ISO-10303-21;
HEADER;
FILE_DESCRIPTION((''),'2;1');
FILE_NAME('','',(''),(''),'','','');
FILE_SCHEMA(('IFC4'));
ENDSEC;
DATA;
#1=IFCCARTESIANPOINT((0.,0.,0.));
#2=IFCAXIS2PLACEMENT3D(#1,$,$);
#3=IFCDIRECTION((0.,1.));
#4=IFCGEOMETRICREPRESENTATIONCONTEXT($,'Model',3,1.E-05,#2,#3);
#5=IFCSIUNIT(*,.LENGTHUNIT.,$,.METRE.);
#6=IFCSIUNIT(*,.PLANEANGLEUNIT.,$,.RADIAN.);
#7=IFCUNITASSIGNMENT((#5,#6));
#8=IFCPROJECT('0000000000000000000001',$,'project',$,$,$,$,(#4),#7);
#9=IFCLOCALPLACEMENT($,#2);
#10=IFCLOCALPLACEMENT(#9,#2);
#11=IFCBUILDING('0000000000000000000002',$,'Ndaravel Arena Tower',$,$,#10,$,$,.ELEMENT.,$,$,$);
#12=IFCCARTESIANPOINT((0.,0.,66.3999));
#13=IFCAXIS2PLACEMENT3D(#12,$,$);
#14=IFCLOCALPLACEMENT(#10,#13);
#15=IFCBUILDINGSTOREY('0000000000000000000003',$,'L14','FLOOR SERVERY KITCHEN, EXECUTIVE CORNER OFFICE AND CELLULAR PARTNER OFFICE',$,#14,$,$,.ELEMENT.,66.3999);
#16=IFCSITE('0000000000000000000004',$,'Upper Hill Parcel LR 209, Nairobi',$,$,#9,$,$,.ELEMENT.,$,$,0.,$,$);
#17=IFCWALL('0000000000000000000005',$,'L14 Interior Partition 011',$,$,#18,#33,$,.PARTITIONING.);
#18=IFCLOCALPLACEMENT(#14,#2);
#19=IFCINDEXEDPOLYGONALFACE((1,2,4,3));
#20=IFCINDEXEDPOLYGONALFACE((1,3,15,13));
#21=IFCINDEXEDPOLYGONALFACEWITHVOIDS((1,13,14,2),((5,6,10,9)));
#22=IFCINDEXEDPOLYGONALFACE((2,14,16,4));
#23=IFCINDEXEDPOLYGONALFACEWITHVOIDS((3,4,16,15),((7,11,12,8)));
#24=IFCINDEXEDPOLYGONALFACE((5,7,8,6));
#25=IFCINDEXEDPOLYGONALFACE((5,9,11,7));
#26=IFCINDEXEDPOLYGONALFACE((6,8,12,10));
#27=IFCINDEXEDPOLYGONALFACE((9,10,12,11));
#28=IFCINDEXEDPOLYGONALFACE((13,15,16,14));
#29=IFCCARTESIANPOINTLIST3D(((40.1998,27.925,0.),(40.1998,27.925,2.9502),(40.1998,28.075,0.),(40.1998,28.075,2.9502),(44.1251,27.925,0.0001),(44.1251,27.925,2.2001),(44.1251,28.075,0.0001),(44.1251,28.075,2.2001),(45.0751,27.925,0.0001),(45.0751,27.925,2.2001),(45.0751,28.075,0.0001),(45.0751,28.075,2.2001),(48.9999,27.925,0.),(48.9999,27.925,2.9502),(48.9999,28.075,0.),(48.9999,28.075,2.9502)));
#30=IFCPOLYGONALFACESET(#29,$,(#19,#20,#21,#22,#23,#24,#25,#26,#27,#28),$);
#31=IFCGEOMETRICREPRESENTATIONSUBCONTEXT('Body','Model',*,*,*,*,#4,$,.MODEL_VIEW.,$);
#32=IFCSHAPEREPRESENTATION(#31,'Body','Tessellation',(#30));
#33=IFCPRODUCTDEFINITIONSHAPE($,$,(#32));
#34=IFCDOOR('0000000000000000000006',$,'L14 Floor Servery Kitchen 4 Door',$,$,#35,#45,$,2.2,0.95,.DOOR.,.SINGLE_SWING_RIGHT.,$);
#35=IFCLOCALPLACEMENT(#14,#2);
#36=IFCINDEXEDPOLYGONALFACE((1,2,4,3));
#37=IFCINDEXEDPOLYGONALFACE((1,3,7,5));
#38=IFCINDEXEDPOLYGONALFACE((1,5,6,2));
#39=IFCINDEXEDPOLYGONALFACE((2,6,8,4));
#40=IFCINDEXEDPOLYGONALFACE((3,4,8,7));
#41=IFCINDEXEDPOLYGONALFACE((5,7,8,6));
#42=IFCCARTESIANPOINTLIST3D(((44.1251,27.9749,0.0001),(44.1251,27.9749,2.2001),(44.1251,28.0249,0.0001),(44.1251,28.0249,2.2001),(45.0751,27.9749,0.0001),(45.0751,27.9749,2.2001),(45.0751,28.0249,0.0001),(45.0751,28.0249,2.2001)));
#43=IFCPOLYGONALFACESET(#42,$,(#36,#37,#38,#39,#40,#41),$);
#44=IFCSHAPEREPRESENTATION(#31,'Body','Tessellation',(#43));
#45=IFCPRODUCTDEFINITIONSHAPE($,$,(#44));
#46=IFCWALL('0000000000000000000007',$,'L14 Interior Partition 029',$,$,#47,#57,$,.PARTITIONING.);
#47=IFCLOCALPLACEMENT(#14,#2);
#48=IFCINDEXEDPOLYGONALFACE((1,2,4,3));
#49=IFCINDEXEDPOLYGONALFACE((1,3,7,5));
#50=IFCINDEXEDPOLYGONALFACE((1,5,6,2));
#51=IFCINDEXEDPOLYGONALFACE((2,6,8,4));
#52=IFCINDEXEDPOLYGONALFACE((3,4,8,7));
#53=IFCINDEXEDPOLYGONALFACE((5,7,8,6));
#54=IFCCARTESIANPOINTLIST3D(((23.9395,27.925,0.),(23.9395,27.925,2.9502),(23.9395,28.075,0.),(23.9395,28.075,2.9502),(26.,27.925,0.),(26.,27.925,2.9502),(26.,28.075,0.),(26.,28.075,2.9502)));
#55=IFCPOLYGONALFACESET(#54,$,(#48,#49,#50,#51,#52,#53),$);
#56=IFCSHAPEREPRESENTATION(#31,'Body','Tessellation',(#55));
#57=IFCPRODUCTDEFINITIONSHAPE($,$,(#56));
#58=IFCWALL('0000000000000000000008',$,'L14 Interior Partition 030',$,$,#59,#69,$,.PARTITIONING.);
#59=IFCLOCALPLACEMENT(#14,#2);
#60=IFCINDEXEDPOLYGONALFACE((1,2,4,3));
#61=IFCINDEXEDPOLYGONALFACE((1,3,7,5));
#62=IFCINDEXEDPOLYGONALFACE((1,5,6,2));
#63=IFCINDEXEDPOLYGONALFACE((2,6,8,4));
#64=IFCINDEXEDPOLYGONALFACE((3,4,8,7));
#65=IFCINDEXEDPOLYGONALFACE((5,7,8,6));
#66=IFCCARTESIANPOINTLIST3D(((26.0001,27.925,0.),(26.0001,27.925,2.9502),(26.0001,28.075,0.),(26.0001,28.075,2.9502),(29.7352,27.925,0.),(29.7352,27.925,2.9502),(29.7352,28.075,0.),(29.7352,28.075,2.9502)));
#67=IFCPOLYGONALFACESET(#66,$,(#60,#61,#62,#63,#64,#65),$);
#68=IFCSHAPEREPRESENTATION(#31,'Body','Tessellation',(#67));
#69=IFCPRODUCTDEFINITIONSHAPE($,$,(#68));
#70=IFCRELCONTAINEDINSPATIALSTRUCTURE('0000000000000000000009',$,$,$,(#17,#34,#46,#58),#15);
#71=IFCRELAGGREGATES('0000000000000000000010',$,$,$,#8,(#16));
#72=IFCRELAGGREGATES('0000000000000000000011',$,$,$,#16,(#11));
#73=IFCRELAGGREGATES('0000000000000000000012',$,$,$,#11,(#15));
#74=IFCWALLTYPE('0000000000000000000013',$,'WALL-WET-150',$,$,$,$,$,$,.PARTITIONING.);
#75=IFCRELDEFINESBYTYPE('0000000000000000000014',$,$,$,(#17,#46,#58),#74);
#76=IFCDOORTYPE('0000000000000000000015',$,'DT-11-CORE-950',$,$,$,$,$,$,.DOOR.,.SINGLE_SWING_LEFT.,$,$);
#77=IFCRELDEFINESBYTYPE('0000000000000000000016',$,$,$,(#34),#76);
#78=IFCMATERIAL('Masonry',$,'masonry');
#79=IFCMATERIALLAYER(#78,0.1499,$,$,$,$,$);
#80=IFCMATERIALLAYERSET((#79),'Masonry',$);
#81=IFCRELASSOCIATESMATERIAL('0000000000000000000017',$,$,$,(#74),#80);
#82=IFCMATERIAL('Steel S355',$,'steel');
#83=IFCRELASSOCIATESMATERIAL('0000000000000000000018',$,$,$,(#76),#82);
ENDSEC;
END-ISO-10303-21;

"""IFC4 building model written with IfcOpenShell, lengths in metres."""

from ifc_helpers import new_model, si_unit, direction, frame, frame_2d, origin, place, context, subcontext, project, spatial, rectangle, extrude, material, layer, layer_set, type_object, element, fill, save


model = new_model("IFC4")

# Units and contexts
model_context = context("Model", 3, precision=1e-05, world=origin(), true_north=direction((0.0, 1.0)))
body_context = subcontext(model_context, "Body", "Model", "MODEL_VIEW")
ifc_project = project(units=[si_unit("LENGTHUNIT", "METRE"), si_unit("PLANEANGLEUNIT", "RADIAN")], contexts=[model_context])

# Site, building, storey
site_placement = place(None, origin())
site = spatial("IfcSite", under=ifc_project, at=site_placement, Name="Upper Hill Parcel LR 209, Nairobi", CompositionType="ELEMENT", RefElevation=0.0)
building_placement = place(site_placement, origin())
building = spatial("IfcBuilding", under=site, at=building_placement, Name="Ndaravel Arena Tower", CompositionType="ELEMENT")
storey_placement = place(building_placement, frame((0.0, 0.0, 66.3999)))
storey = spatial("IfcBuildingStorey", under=building, at=storey_placement, Name="L14", Description="FLOOR SERVERY KITCHEN, EXECUTIVE CORNER OFFICE AND CELLULAR PARTNER OFFICE", CompositionType="ELEMENT", Elevation=66.3999)

# Shared definitions
ifc_material_1 = material(Name="Masonry", Category="masonry")
ifc_layer_1 = layer(ifc_material_1, 0.1499)
ifc_layer_set_1 = layer_set([ifc_layer_1], Name="Masonry")
wall_type_1 = type_object("IfcWallType", Name="WALL-WET-150", PredefinedType="PARTITIONING", material=ifc_layer_set_1)
ifc_material_2 = material(Name="Steel S355", Category="steel")
door_type_1 = type_object("IfcDoorType", Name="DT-11-CORE-950", OperationType="SINGLE_SWING_LEFT", PredefinedType="DOOR", material=ifc_material_2)

# Wall, opening, door
wall_1_placement = place(storey_placement, frame((40.2, 28.0, 0.0), z_axis=(0.0, 0.0, 1.0), x_axis=(1.0, 0.0, 0.0)))
wall_1 = element("IfcWall", 1, at=wall_1_placement, inside=storey, type_object=wall_type_1, Name="L14 Interior Partition 011", PredefinedType="PARTITIONING", context=body_context, shape_type="SweptSolid", body=[
    extrude(rectangle(XDim=8.8, YDim=0.1499, at=frame_2d((4.3999, 0.0))), origin(), (0.0, 0.0, 1.0), 2.9502),
])
opening_1_placement = place(wall_1_placement, frame((3.925, 0.0, 0.0)))
opening_1 = element("IfcOpeningElement", 2, at=opening_1_placement, cuts=wall_1, PredefinedType="OPENING", context=body_context, shape_type="SweptSolid", body=[
    extrude(rectangle(XDim=0.95, YDim=2.2, at=frame_2d((0.4751, 1.1001))), frame((0.0, 0.075, 0.0), z_axis=(0.0, -1.0, 0.0), x_axis=(1.0, 0.0, 0.0)), (0.0, 0.0, 1.0), 0.1499),
])
door_1_placement = place(opening_1_placement, origin())
door_1 = element("IfcDoor", 3, at=door_1_placement, inside=storey, type_object=door_type_1, Name="L14 Floor Servery Kitchen 4 Door", OperationType="SINGLE_SWING_RIGHT", OverallHeight=2.2, OverallWidth=0.95, PredefinedType="DOOR", context=body_context, shape_type="SweptSolid", body=[
    extrude(rectangle(XDim=0.95, YDim=2.2, at=frame_2d((0.4751, 1.1001))), frame((0.0, 0.0249, 0.0), z_axis=(0.0, -1.0, 0.0), x_axis=(1.0, 0.0, 0.0)), (0.0, 0.0, 1.0), 0.05),
])
fill(opening_1, door_1)

# Walls
wall_2_placement = place(storey_placement, frame((23.9395, 28.0, 0.0), z_axis=(0.0, 0.0, 1.0), x_axis=(1.0, 0.0, 0.0)))
element("IfcWall", 4, at=wall_2_placement, inside=storey, type_object=wall_type_1, Name="L14 Interior Partition 029", PredefinedType="PARTITIONING", context=body_context, shape_type="SweptSolid", body=[
    extrude(rectangle(XDim=2.0605, YDim=0.1499, at=frame_2d((1.0303, 0.0))), origin(), (0.0, 0.0, 1.0), 2.9502),
])
wall_3_placement = place(storey_placement, frame((26.0, 28.0, 0.0), z_axis=(0.0, 0.0, 1.0), x_axis=(1.0, 0.0, 0.0)))
element("IfcWall", 5, at=wall_3_placement, inside=storey, type_object=wall_type_1, Name="L14 Interior Partition 030", PredefinedType="PARTITIONING", context=body_context, shape_type="SweptSolid", body=[
    extrude(rectangle(XDim=3.7351, YDim=0.1499, at=frame_2d((1.8677, 0.0))), origin(), (0.0, 0.0, 1.0), 2.9502),
])

save(model, "model.ifc")
